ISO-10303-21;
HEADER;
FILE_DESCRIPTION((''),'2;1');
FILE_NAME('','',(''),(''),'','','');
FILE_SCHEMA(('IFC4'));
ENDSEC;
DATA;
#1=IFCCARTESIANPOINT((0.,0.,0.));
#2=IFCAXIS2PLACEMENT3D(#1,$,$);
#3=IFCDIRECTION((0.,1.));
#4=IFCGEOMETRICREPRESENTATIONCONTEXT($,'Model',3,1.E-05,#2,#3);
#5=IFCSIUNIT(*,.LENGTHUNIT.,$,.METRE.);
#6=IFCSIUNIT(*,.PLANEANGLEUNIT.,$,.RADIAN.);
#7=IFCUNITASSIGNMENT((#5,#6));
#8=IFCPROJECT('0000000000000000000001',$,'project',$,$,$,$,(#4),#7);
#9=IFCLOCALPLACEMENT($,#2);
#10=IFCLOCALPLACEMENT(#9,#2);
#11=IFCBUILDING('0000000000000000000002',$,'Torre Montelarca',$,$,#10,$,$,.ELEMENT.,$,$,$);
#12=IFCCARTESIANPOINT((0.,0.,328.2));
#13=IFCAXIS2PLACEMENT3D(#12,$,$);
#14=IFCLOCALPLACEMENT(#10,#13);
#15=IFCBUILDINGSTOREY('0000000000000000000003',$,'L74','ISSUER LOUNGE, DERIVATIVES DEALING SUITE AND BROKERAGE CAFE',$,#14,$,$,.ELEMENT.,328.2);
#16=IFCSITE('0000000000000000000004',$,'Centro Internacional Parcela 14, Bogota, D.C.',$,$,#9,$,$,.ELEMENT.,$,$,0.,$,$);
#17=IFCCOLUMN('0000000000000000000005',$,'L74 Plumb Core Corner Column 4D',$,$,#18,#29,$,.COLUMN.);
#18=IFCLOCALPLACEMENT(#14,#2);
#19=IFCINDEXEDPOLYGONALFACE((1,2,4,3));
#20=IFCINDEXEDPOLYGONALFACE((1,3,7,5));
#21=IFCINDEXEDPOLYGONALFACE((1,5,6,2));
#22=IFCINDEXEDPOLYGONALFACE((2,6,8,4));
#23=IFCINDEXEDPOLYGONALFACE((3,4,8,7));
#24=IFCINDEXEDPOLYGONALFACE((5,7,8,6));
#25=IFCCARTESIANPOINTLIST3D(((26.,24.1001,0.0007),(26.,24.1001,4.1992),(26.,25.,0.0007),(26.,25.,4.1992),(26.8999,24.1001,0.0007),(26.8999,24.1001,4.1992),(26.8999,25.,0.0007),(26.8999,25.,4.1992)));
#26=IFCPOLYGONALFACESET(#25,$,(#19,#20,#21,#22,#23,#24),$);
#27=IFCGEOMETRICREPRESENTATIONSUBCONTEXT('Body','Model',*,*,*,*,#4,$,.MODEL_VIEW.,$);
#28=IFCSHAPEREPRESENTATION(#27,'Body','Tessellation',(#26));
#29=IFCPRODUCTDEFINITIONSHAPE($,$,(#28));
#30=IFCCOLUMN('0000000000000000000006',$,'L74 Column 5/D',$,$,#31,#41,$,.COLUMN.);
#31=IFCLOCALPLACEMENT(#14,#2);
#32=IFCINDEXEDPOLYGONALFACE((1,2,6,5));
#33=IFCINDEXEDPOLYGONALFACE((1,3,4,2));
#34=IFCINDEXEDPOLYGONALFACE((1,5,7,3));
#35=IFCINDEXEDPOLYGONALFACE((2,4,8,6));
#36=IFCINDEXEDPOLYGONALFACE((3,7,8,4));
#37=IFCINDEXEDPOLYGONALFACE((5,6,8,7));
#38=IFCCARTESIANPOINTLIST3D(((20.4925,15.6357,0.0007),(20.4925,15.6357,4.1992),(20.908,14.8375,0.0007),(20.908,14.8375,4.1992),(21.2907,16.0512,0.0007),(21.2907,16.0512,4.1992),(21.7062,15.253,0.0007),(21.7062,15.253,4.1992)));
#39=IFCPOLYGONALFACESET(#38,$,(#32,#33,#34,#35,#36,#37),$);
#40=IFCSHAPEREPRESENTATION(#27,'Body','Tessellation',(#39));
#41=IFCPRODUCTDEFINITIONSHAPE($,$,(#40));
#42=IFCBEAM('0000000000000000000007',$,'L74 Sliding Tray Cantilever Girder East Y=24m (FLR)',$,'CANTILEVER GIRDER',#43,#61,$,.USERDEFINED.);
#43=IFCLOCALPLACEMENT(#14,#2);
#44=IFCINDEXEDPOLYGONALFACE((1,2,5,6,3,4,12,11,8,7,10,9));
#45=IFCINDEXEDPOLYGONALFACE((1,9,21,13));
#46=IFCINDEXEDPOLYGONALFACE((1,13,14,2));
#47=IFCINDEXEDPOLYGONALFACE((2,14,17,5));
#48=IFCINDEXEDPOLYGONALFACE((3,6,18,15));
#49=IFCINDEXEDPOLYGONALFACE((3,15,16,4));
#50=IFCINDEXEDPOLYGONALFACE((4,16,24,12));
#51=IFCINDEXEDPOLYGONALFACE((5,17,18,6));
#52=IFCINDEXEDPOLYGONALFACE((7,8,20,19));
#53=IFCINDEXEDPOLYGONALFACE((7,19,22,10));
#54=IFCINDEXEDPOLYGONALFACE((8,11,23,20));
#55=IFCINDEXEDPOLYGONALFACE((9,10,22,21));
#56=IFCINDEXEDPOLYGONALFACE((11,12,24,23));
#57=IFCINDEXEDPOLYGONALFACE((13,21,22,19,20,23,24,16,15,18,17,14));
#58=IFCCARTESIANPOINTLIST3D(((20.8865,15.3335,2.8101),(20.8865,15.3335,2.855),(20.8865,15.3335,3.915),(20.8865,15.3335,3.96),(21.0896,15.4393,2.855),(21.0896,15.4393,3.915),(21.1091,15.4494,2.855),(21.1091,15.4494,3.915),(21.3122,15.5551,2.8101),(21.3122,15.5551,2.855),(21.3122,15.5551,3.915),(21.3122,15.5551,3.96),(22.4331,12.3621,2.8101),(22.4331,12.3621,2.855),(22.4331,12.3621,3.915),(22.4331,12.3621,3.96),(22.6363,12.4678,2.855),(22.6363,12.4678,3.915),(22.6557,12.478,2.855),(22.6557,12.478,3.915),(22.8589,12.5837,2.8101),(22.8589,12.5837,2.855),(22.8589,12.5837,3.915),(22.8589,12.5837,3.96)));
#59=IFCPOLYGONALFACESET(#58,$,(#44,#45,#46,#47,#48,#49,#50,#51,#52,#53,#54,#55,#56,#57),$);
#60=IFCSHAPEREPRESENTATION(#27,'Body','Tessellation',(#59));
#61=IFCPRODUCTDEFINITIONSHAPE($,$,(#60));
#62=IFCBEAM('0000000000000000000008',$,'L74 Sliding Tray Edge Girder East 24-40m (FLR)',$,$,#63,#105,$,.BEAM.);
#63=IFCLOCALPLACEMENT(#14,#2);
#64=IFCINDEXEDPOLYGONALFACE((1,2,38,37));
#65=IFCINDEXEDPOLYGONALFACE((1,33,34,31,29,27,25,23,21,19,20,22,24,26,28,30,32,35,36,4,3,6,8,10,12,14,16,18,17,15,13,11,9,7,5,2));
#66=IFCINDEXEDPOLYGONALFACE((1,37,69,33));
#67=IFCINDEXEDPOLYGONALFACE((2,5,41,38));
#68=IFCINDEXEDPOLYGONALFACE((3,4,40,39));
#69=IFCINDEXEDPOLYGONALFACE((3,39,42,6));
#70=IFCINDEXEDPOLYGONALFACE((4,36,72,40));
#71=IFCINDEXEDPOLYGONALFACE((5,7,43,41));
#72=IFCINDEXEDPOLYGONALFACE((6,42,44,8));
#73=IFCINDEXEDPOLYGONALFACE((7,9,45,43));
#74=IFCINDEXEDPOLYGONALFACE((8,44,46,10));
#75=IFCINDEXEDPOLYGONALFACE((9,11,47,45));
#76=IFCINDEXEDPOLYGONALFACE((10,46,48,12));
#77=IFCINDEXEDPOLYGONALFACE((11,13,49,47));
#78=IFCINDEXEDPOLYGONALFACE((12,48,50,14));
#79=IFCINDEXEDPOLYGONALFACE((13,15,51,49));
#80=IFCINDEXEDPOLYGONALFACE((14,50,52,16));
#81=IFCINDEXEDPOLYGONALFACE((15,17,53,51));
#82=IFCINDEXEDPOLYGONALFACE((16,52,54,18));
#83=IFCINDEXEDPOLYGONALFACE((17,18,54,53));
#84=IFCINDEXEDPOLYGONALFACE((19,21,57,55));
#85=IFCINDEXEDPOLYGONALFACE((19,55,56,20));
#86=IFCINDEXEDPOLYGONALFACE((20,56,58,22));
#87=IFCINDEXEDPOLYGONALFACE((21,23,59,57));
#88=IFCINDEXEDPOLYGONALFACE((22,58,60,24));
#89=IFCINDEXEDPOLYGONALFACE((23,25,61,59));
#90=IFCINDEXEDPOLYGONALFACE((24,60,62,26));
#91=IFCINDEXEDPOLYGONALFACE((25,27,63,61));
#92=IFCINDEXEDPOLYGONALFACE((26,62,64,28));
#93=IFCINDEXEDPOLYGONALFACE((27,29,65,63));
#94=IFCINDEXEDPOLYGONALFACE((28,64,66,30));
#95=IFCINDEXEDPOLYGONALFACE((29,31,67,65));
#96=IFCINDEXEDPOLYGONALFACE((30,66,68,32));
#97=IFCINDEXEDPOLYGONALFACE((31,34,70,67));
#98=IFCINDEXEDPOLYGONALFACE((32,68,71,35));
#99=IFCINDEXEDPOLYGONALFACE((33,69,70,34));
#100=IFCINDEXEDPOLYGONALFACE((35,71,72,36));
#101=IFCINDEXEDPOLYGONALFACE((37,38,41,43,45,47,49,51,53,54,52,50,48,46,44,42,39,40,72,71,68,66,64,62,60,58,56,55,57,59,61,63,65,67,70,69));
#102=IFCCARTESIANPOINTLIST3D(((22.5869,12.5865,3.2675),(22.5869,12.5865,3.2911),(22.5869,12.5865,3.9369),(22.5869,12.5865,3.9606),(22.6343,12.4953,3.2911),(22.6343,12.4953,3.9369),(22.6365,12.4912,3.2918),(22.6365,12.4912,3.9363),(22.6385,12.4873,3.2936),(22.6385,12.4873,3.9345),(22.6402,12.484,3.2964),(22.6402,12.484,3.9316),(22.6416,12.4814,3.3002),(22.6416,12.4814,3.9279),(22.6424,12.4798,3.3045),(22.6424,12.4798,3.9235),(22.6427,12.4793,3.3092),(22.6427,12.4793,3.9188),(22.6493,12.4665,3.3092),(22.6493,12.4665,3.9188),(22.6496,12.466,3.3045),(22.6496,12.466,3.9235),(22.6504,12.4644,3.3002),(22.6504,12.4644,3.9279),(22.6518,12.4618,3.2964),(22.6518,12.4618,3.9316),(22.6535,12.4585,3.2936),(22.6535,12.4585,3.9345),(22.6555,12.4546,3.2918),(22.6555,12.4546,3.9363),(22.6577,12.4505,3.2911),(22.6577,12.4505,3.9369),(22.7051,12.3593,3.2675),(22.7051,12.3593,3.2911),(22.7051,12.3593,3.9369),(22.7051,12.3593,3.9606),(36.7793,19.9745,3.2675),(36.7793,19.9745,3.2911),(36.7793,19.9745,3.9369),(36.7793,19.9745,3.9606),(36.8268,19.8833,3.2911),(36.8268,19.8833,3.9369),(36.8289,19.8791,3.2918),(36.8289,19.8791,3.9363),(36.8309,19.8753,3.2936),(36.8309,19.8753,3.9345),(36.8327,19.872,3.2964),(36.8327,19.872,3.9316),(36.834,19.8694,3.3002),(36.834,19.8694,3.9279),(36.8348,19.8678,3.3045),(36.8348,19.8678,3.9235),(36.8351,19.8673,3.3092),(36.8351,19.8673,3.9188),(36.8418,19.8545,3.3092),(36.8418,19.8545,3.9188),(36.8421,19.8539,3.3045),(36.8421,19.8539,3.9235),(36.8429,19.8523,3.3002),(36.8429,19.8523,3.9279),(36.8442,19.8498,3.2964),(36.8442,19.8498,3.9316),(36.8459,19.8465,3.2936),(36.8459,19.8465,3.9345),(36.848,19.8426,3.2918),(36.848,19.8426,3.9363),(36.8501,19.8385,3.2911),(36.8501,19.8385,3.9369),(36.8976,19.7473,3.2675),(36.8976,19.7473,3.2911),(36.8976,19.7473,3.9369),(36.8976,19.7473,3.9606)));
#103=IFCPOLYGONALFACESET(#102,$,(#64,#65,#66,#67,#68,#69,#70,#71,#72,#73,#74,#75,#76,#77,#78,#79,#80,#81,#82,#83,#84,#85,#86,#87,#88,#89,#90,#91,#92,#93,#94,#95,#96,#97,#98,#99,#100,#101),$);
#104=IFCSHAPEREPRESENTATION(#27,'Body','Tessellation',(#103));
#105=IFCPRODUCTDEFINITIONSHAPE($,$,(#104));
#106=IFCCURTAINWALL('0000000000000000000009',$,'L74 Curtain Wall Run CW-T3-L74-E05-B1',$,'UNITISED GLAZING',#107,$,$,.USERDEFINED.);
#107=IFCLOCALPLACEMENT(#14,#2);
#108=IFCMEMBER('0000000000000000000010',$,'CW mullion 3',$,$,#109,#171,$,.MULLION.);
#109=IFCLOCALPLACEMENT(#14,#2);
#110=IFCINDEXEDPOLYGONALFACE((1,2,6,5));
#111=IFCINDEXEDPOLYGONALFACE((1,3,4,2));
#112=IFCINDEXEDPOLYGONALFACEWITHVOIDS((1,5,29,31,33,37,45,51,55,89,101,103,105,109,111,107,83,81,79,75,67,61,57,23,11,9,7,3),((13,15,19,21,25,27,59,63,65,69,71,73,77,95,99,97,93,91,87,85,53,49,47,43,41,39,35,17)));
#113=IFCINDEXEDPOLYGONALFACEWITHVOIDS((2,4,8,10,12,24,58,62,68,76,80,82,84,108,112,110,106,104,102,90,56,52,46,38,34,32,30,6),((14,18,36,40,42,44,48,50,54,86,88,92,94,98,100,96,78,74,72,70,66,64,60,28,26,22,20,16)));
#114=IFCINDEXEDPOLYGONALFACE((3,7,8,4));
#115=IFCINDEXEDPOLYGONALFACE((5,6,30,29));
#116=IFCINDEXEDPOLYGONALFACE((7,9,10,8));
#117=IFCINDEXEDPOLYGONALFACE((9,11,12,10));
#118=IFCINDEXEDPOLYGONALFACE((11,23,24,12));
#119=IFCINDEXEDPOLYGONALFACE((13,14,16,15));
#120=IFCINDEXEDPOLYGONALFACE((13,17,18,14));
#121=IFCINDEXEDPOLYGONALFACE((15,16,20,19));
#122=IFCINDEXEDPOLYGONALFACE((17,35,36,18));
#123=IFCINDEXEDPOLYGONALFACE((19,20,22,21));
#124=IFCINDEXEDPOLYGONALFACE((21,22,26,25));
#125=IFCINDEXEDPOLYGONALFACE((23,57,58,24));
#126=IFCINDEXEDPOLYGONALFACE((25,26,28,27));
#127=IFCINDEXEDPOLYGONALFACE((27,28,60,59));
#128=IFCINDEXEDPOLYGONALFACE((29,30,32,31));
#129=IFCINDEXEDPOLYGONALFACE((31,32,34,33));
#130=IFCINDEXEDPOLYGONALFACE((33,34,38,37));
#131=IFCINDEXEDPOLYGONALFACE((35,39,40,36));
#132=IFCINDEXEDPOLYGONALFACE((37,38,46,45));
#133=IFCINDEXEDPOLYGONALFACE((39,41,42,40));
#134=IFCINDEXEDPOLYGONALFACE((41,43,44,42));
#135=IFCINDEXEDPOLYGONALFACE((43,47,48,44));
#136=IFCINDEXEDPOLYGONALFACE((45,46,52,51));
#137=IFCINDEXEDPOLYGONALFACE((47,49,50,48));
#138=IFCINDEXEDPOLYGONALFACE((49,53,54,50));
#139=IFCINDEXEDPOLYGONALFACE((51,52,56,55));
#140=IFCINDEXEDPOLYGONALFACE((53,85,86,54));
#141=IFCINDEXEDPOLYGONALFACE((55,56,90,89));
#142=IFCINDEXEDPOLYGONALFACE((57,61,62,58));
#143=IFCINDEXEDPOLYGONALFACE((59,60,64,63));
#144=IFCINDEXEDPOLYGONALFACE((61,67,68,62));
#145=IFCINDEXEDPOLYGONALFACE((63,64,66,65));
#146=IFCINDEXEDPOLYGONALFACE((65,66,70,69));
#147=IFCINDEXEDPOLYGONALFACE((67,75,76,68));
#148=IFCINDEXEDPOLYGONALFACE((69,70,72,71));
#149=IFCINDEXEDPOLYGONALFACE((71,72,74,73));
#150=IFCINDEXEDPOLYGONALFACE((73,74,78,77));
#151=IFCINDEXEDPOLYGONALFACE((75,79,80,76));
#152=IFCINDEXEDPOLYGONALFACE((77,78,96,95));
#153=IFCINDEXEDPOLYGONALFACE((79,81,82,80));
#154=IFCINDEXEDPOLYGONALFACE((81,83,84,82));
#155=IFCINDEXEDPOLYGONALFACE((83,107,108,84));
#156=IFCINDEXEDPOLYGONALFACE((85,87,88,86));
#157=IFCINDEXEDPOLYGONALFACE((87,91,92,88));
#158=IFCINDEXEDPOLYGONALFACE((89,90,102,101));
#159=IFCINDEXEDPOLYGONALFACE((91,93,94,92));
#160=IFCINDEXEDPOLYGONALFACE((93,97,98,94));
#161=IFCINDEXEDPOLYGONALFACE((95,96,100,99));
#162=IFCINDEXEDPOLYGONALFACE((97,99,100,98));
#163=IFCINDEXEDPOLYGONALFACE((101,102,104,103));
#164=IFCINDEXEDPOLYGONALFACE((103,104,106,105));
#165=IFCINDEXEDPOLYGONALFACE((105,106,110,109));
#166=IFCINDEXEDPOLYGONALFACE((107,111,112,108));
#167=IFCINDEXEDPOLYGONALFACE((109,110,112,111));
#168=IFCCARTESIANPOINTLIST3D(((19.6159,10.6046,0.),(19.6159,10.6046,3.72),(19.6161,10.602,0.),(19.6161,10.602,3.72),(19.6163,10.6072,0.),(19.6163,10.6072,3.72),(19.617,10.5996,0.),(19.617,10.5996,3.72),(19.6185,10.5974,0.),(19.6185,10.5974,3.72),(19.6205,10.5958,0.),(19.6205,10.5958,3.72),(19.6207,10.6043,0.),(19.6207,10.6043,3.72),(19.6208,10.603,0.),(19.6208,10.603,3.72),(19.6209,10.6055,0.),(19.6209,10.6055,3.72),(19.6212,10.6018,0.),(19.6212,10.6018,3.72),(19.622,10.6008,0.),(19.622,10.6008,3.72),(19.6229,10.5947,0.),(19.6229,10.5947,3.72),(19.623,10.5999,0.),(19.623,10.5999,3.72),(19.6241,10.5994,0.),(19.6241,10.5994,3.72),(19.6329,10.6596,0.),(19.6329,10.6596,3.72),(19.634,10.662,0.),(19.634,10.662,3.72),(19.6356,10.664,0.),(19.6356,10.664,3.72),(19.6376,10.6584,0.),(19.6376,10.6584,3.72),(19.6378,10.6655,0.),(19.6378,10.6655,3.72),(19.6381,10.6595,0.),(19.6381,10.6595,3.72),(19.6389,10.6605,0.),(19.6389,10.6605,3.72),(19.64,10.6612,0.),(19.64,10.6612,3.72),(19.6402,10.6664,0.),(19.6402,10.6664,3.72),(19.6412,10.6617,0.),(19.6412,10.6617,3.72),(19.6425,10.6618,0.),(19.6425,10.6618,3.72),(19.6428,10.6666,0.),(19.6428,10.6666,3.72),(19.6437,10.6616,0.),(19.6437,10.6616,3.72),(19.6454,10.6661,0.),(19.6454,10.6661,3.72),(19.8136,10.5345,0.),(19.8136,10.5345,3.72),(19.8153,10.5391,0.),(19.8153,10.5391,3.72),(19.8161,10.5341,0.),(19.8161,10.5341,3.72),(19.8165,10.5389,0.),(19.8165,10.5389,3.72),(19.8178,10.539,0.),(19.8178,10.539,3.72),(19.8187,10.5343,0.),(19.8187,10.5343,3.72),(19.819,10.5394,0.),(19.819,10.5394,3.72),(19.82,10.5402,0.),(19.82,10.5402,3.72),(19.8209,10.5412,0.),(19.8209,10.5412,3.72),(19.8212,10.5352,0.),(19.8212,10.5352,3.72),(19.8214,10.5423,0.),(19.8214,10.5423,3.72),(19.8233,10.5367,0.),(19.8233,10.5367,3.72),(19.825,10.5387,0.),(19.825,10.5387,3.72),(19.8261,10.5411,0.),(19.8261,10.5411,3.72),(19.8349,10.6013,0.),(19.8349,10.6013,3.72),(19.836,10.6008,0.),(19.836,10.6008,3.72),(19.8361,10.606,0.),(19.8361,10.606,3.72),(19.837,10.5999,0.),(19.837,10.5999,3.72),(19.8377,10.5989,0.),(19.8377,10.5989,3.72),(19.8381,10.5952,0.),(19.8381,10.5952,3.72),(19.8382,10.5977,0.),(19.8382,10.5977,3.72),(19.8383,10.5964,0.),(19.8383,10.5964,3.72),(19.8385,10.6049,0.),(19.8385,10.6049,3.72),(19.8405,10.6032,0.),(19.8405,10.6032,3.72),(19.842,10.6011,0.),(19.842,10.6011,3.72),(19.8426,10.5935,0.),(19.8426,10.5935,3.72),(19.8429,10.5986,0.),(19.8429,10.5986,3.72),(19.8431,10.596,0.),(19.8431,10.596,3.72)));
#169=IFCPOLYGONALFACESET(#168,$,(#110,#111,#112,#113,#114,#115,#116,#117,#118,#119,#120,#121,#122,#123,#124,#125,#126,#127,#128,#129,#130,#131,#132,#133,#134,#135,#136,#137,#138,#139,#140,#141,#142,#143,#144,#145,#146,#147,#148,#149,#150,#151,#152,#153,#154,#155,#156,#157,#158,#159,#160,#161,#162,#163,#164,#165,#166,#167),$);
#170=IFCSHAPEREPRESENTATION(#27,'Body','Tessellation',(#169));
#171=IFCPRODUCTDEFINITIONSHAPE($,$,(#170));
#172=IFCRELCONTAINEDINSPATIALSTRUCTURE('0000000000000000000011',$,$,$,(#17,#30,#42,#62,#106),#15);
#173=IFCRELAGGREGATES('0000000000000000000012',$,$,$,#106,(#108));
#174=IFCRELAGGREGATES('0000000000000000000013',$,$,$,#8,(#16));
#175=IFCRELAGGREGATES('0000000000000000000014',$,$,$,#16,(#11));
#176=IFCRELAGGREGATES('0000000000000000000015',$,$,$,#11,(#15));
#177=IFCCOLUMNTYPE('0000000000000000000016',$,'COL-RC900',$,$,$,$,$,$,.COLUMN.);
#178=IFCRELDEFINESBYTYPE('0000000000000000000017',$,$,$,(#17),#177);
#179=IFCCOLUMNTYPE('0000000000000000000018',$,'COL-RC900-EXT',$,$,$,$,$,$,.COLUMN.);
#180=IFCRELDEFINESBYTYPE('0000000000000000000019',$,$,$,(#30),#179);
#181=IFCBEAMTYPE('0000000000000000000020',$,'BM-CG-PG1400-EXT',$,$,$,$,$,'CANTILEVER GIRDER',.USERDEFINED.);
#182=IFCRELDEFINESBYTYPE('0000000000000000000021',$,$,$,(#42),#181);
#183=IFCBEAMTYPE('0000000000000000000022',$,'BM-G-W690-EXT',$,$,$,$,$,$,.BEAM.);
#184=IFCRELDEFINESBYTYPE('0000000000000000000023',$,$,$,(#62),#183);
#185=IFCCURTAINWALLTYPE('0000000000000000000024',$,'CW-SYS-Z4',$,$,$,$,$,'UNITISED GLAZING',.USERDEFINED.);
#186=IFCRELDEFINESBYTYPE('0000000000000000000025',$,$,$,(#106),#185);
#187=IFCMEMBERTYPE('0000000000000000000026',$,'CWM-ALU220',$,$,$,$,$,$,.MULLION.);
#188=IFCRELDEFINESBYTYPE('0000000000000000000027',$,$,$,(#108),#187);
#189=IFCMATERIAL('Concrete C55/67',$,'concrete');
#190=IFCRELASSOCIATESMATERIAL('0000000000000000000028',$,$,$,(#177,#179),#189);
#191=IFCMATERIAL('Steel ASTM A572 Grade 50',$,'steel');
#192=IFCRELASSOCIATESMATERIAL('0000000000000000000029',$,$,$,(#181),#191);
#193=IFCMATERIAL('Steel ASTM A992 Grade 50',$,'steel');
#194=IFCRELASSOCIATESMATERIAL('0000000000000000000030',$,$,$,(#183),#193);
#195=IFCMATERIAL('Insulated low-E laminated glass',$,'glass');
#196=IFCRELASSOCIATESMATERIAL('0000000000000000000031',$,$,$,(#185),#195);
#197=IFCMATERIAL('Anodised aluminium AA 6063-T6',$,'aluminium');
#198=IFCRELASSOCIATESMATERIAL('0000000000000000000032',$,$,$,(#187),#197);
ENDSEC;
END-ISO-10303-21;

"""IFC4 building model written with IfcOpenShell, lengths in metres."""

from ifc_helpers import new_model, si_unit, direction, frame, origin, origin_2d, place, context, subcontext, project, spatial, rectangle, hollow_rectangle, i_section, extrude, source, transform, mapped, material, material_profile, profile_set, type_object, element, aggregate, save


model = new_model("IFC4")

# Units and contexts
model_context = context("Model", 3, precision=1e-05, world=origin(), true_north=direction((0.0, 1.0)))
body_context = subcontext(model_context, "Body", "Model", "MODEL_VIEW")
ifc_project = project(units=[si_unit("LENGTHUNIT", "METRE"), si_unit("PLANEANGLEUNIT", "RADIAN")], contexts=[model_context])

# Site, building, storey
site_placement = place(None, origin())
site = spatial("IfcSite", under=ifc_project, at=site_placement, Name="Centro Internacional Parcela 14, Bogota, D.C.", CompositionType="ELEMENT", RefElevation=0.0)
building_placement = place(site_placement, origin())
building = spatial("IfcBuilding", under=site, at=building_placement, Name="Torre Montelarca", CompositionType="ELEMENT")
storey_placement = place(building_placement, frame((0.0, 0.0, 328.2)))
storey = spatial("IfcBuildingStorey", under=building, at=storey_placement, Name="L74", Description="ISSUER LOUNGE, DERIVATIVES DEALING SUITE AND BROKERAGE CAFE", CompositionType="ELEMENT", Elevation=328.2)

# Columns
ifc_material_1 = material(Name="Concrete C55/67", Category="concrete")
ifc_material_profile_1 = material_profile(ifc_material_1, rectangle(XDim=0.8999, YDim=0.8999, at=origin_2d()), Name="RC900X900", Category="concrete")
ifc_profile_set_1 = profile_set([ifc_material_profile_1], Name="Concrete C55/67")
column_type_1 = type_object("IfcColumnType", Name="COL-RC900", PredefinedType="COLUMN", material=ifc_profile_set_1)
shared_shape_1 = source(origin(), body_context, "Body", "SweptSolid", [
    extrude(rectangle(XDim=0.8999, YDim=0.8999, at=origin_2d()), origin(), (0.0, 0.0, 1.0), 4.1985),
])
column_1_placement = place(storey_placement, frame((26.45, 24.55, 0.0007), z_axis=(0.0, 0.0, 1.0), x_axis=(1.0, 0.0, 0.0)))
element("IfcColumn", 1, at=column_1_placement, inside=storey, type_object=column_type_1, Name="L74 Plumb Core Corner Column 4D", PredefinedType="COLUMN", context=body_context, shape_type="MappedRepresentation", body=[
    mapped(shared_shape_1, transform((0.0, 0.0, 0.0), scale=1.0)),
])
ifc_material_profile_2 = material_profile(ifc_material_1, rectangle(XDim=0.8999, YDim=0.8999, at=origin_2d()), Name="RC900X900", Category="concrete")
ifc_profile_set_2 = profile_set([ifc_material_profile_2], Name="Concrete C55/67")
column_type_2 = type_object("IfcColumnType", Name="COL-RC900-EXT", PredefinedType="COLUMN", material=ifc_profile_set_2)
shared_shape_2 = source(origin(), body_context, "Body", "SweptSolid", [
    extrude(rectangle(XDim=0.8999, YDim=0.8999, at=origin_2d()), origin(), (0.0, 0.0, 1.0), 4.1985),
])
column_2_placement = place(storey_placement, frame((21.0994, 15.4443, 0.0007), z_axis=(0.0, 0.0, 1.0), x_axis=(-0.461749, 0.887011, 0.0)))
element("IfcColumn", 2, at=column_2_placement, inside=storey, type_object=column_type_2, Name="L74 Column 5/D", PredefinedType="COLUMN", context=body_context, shape_type="MappedRepresentation", body=[
    mapped(shared_shape_2, transform((0.0, 0.0, 0.0), scale=1.0)),
])

# Beams
ifc_material_2 = material(Name="Steel ASTM A572 Grade 50", Category="steel")
ifc_material_profile_3 = material_profile(ifc_material_2, i_section(OverallWidth=0.48, OverallDepth=1.1499, WebThickness=0.022, FlangeThickness=0.0449, at=origin_2d()), Name="PG1150X480X22X45", Category="steel")
ifc_profile_set_3 = profile_set([ifc_material_profile_3], Name="Steel ASTM A572 Grade 50")
beam_type_1 = type_object("IfcBeamType", Name="BM-CG-PG1400-EXT", ElementType="CANTILEVER GIRDER", PredefinedType="USERDEFINED", material=ifc_profile_set_3)
shared_shape_3 = source(origin(), body_context, "Body", "SweptSolid", [
    extrude(i_section(OverallWidth=0.48, OverallDepth=1.1499, WebThickness=0.022, FlangeThickness=0.0449, at=origin_2d()), origin(), (0.0, 0.0, 1.0), 3.3499),
])
beam_1_placement = place(storey_placement, frame((21.0994, 15.4443, 3.385), z_axis=(0.461702, -0.887035, 0.0), x_axis=(0.887035, 0.461702, 0.0)))
element("IfcBeam", 3, at=beam_1_placement, inside=storey, type_object=beam_type_1, Name="L74 Sliding Tray Cantilever Girder East Y=24m (FLR)", ObjectType="CANTILEVER GIRDER", PredefinedType="USERDEFINED", context=body_context, shape_type="MappedRepresentation", body=[
    mapped(shared_shape_3, transform((0.0, 0.0, 0.0), scale=1.0)),
])
ifc_material_3 = material(Name="Steel ASTM A992 Grade 50", Category="steel")
ifc_material_profile_4 = material_profile(ifc_material_3, i_section(OverallWidth=0.2561, OverallDepth=0.6931, WebThickness=0.0144, FlangeThickness=0.0237, FilletRadius=0.0181, at=origin_2d()), Name="W690X170", Category="steel")
ifc_profile_set_4 = profile_set([ifc_material_profile_4], Name="Steel ASTM A992 Grade 50")
beam_type_2 = type_object("IfcBeamType", Name="BM-G-W690-EXT", PredefinedType="BEAM", material=ifc_profile_set_4)
shared_shape_4 = source(origin(), body_context, "Body", "SweptSolid", [
    extrude(i_section(OverallWidth=0.2561, OverallDepth=0.6931, WebThickness=0.0144, FlangeThickness=0.0237, FilletRadius=0.0181, at=origin_2d()), origin(), (0.0, 0.0, 1.0), 16.0002),
])
beam_2_placement = place(storey_placement, frame((22.646, 12.4729, 3.614), z_axis=(0.887015, 0.461741, 0.0), x_axis=(-0.461741, 0.887015, 0.0)))
element("IfcBeam", 4, at=beam_2_placement, inside=storey, type_object=beam_type_2, Name="L74 Sliding Tray Edge Girder East 24-40m (FLR)", PredefinedType="BEAM", context=body_context, shape_type="MappedRepresentation", body=[
    mapped(shared_shape_4, transform((0.0, 0.0, 0.0), scale=1.0)),
])

# Curtain wall, member
ifc_material_4 = material(Name="Insulated low-E laminated glass", Category="glass")
curtain_wall_type = type_object("IfcCurtainWallType", Name="CW-SYS-Z4", ElementType="UNITISED GLAZING", PredefinedType="USERDEFINED", material=ifc_material_4)
curtain_wall_1_placement = place(storey_placement, origin())
curtain_wall_1 = element("IfcCurtainWall", 5, at=curtain_wall_1_placement, inside=storey, type_object=curtain_wall_type, Name="L74 Curtain Wall Run CW-T3-L74-E05-B1", ObjectType="UNITISED GLAZING", PredefinedType="USERDEFINED")
ifc_material_5 = material(Name="Anodised aluminium AA 6063-T6", Category="aluminium")
ifc_material_profile_5 = material_profile(ifc_material_5, hollow_rectangle(XDim=0.075, YDim=0.22, WallThickness=0.0049, InnerFilletRadius=0.0049, OuterFilletRadius=0.01, at=origin_2d()), Name="ALU75X220X5", Category="aluminium")
ifc_profile_set_5 = profile_set([ifc_material_profile_5], Name="Anodised aluminium AA 6063-T6")
member_type_1 = type_object("IfcMemberType", Name="CWM-ALU220", PredefinedType="MULLION", material=ifc_profile_set_5)
shared_shape_5 = source(origin(), body_context, "Body", "SweptSolid", [
    extrude(hollow_rectangle(XDim=0.075, YDim=0.22, WallThickness=0.0049, InnerFilletRadius=0.0049, OuterFilletRadius=0.01, at=origin_2d()), origin(), (0.0, 0.0, 1.0), 3.72),
])
member_1_placement = place(storey_placement, frame((19.7295, 10.6003, 0.0), z_axis=(0.0, 0.0, 1.0), x_axis=(0.300693, 0.953721, 0.0)))
member_1 = element("IfcMember", 6, at=member_1_placement, type_object=member_type_1, Name="CW mullion 3", PredefinedType="MULLION", context=body_context, shape_type="MappedRepresentation", body=[
    mapped(shared_shape_5, transform((0.0, 0.0, 0.0), scale=1.0)),
])

aggregate(curtain_wall_1, [member_1])

save(model, "model.ifc")
